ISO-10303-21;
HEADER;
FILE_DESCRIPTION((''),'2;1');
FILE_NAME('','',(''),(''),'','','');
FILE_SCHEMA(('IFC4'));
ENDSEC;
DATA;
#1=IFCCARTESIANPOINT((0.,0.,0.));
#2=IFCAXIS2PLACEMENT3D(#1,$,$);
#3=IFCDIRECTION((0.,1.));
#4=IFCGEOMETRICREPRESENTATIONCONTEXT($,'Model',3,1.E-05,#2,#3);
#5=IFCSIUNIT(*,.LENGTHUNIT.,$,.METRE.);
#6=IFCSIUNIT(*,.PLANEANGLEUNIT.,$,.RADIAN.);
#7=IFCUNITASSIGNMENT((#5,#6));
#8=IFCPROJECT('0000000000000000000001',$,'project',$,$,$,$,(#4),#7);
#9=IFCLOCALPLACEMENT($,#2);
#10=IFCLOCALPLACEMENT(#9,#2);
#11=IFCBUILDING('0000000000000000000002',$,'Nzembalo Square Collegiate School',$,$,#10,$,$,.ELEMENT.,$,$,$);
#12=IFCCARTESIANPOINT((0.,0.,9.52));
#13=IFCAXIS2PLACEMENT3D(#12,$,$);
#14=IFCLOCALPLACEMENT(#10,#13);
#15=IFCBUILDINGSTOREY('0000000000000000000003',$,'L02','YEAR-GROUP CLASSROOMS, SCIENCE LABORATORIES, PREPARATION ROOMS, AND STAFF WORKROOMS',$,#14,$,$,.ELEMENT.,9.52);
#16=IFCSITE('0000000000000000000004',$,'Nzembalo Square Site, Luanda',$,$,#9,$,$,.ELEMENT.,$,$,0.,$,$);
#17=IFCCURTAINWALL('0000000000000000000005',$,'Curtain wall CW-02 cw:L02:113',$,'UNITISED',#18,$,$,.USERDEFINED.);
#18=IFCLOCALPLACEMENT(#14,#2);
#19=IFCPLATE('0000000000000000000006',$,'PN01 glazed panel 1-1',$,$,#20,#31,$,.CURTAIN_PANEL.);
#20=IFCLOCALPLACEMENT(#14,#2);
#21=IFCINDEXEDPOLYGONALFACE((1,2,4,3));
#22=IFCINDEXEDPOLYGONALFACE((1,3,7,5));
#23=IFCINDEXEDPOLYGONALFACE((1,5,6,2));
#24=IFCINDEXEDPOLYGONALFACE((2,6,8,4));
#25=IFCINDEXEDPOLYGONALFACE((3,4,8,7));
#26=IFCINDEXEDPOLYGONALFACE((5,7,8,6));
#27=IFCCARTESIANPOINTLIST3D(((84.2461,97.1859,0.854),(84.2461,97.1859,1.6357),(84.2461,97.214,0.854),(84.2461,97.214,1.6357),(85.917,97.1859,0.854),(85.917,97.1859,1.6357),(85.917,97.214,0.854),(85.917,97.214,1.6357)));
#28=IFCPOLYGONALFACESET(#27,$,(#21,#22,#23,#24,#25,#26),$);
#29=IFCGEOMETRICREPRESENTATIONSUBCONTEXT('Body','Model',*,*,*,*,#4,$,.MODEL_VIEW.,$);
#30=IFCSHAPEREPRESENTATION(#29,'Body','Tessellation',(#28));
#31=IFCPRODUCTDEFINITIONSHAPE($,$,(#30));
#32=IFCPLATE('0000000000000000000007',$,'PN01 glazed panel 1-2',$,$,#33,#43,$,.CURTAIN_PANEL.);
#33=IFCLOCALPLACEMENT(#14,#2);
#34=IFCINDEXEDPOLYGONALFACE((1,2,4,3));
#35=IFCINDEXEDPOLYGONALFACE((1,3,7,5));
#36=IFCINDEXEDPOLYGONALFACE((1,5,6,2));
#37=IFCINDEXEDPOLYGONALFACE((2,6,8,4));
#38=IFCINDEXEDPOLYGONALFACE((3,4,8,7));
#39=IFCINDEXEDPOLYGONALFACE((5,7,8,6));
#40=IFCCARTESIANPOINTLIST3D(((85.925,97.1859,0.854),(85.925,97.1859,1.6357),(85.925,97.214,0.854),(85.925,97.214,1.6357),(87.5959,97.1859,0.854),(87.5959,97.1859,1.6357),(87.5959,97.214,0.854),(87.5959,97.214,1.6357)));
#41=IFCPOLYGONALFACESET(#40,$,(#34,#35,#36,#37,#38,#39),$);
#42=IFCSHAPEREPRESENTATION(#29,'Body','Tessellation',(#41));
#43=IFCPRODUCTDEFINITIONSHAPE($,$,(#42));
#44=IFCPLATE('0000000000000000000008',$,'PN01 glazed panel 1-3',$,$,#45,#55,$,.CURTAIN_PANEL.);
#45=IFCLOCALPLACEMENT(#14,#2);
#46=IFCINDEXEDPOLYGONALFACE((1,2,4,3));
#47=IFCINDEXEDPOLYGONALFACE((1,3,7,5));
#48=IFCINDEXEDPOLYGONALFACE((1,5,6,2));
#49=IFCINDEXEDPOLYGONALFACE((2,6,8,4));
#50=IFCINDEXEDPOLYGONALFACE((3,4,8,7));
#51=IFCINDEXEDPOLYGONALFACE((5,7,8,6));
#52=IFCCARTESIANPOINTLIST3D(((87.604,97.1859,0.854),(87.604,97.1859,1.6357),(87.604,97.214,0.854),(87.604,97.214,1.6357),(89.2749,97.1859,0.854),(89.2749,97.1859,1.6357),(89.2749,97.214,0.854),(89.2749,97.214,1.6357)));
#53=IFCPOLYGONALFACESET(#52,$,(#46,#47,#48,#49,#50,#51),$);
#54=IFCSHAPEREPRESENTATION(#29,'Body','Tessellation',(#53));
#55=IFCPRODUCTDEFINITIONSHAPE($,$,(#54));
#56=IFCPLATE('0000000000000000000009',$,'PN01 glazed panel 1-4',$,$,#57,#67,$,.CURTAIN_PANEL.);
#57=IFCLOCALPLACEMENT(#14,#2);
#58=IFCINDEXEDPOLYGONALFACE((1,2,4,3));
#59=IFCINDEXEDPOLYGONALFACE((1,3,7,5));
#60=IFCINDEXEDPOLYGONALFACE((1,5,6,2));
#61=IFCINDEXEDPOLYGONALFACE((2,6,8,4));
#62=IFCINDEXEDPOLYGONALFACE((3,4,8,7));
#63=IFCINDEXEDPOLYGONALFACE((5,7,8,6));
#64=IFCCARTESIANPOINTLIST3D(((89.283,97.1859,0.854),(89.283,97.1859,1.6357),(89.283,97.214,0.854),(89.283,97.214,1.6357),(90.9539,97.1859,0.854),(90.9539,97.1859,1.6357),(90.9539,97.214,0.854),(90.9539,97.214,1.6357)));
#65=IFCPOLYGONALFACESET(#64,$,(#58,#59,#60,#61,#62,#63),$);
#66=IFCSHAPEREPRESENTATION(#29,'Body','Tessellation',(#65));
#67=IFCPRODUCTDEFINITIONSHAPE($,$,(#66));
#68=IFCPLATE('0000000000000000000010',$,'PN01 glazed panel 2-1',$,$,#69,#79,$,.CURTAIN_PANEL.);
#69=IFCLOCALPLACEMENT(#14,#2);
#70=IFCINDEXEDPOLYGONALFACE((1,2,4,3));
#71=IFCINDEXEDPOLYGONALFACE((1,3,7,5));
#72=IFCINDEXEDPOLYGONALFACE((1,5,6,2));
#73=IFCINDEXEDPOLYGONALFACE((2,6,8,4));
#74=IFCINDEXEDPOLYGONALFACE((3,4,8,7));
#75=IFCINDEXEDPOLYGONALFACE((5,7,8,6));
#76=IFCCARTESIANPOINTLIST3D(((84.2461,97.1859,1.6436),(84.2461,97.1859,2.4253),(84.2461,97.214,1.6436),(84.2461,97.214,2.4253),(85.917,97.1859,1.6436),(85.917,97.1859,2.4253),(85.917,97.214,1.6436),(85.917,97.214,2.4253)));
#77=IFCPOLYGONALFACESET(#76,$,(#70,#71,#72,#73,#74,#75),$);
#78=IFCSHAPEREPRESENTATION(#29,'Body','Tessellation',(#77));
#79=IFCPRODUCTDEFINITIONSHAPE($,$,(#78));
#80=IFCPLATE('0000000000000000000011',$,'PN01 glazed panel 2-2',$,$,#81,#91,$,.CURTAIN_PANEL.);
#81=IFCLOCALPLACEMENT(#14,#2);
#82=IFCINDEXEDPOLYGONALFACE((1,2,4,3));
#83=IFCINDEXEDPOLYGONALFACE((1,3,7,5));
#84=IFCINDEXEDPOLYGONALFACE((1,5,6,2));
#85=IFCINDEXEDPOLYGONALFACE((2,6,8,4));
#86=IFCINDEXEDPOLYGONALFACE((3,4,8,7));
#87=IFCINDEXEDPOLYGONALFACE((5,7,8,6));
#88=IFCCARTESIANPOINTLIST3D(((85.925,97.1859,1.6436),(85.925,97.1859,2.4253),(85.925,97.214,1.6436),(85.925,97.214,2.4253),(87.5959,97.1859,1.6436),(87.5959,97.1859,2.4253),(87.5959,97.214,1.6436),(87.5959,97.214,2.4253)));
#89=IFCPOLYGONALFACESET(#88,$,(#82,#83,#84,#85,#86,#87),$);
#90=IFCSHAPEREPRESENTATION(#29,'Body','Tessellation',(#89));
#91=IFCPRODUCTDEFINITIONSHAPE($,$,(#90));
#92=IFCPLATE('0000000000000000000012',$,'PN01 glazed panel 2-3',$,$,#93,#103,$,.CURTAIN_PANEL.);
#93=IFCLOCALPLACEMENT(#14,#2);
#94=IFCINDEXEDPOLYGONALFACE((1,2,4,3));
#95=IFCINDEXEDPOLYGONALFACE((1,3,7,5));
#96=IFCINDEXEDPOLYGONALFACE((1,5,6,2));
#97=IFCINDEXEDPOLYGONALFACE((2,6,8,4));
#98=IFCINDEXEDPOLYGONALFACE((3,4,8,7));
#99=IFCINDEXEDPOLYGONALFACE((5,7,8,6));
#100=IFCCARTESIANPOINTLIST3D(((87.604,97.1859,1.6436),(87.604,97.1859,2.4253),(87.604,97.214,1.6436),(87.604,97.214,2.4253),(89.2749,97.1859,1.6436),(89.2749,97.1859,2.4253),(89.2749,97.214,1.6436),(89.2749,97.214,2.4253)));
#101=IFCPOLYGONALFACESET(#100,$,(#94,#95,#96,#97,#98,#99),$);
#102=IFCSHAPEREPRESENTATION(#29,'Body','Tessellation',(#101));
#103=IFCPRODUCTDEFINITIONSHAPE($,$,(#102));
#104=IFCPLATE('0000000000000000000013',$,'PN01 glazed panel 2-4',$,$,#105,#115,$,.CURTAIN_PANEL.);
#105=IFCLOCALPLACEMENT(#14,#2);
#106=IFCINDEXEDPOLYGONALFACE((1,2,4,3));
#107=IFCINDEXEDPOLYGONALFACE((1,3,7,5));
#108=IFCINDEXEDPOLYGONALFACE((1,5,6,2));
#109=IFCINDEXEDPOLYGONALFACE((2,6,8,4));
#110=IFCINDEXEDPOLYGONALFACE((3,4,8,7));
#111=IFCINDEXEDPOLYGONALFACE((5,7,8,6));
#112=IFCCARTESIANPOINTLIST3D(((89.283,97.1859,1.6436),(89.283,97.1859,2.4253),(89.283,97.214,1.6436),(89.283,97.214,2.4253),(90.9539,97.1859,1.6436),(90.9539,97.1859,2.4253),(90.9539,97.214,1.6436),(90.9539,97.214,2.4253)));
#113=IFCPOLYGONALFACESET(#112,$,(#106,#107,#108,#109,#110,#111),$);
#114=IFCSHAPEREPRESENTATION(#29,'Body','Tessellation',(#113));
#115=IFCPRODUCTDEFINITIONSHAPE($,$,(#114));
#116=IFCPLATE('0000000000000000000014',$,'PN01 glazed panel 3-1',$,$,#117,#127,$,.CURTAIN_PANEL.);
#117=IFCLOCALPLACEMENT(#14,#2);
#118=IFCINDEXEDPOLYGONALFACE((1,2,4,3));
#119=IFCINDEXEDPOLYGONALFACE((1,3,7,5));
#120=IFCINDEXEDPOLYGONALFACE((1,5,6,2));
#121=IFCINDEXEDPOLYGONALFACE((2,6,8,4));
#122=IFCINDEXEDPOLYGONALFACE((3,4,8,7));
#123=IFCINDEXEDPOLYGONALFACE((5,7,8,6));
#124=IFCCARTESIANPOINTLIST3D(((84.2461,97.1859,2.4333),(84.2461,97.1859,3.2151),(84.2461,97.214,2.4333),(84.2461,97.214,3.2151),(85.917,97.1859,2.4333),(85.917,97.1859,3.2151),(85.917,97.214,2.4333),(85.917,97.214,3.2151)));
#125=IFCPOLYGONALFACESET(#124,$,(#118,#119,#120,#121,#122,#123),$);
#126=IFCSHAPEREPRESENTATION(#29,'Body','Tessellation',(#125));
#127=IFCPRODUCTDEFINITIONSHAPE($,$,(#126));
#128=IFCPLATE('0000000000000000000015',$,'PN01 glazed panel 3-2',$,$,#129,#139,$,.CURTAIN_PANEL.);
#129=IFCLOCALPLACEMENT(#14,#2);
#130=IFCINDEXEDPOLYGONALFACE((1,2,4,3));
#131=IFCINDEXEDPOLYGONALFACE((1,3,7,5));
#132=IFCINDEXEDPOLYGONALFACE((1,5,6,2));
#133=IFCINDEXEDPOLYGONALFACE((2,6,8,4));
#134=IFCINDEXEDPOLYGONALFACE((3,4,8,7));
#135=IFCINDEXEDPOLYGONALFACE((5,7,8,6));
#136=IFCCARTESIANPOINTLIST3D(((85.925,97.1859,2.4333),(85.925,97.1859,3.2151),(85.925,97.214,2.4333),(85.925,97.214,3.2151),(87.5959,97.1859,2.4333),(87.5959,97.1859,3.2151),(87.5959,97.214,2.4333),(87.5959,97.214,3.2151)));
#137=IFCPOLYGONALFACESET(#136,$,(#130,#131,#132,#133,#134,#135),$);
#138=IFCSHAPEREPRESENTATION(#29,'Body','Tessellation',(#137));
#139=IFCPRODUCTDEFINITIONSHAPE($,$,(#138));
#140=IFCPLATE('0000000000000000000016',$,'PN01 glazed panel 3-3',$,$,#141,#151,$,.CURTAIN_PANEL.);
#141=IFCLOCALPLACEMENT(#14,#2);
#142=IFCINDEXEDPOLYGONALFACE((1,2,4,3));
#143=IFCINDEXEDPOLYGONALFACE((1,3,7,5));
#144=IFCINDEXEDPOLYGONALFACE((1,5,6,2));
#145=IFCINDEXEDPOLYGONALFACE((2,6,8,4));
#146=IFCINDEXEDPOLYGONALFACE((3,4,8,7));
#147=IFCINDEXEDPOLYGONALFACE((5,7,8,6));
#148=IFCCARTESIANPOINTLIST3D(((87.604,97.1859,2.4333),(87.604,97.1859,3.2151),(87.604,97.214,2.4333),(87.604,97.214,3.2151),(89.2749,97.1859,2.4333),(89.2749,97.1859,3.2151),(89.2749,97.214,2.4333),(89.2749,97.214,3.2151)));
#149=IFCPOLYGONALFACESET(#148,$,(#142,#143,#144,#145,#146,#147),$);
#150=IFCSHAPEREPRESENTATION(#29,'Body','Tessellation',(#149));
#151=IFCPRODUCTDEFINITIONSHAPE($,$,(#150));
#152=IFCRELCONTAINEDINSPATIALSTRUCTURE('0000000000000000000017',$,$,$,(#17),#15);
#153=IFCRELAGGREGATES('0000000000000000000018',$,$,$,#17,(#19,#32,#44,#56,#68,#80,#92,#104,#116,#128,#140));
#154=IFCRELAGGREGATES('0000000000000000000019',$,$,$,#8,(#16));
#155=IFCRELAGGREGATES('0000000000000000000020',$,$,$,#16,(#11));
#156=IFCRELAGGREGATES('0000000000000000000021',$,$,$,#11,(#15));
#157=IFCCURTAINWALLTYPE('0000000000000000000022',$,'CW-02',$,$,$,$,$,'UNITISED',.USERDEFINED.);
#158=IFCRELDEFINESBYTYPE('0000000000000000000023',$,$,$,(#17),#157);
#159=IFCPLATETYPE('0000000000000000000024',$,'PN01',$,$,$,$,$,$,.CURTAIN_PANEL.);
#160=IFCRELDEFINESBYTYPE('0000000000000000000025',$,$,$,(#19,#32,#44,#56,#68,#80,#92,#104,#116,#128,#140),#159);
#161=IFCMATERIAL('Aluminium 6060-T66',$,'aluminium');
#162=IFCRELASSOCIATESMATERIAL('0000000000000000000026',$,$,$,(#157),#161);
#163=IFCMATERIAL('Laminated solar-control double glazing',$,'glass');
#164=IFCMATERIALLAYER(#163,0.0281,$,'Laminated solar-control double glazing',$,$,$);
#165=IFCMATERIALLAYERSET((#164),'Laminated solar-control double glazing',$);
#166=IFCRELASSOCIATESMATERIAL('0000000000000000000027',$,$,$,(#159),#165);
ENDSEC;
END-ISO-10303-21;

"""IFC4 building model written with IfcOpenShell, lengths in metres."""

from ifc_helpers import new_model, si_unit, direction, frame, origin, origin_2d, place, context, subcontext, project, spatial, rectangle, extrude, material, layer, layer_set, type_object, element, aggregate, save


model = new_model("IFC4")

# Units and contexts
model_context = context("Model", 3, precision=1e-05, world=origin(), true_north=direction((0.0, 1.0)))
body_context = subcontext(model_context, "Body", "Model", "MODEL_VIEW")
ifc_project = project(units=[si_unit("LENGTHUNIT", "METRE"), si_unit("PLANEANGLEUNIT", "RADIAN")], contexts=[model_context])

# Site, building, storey
site_placement = place(None, origin())
site = spatial("IfcSite", under=ifc_project, at=site_placement, Name="Nzembalo Square Site, Luanda", CompositionType="ELEMENT", RefElevation=0.0)
building_placement = place(site_placement, origin())
building = spatial("IfcBuilding", under=site, at=building_placement, Name="Nzembalo Square Collegiate School", CompositionType="ELEMENT")
storey_placement = place(building_placement, frame((0.0, 0.0, 9.52)))
storey = spatial("IfcBuildingStorey", under=building, at=storey_placement, Name="L02", Description="YEAR-GROUP CLASSROOMS, SCIENCE LABORATORIES, PREPARATION ROOMS, AND STAFF WORKROOMS", CompositionType="ELEMENT", Elevation=9.52)

# Curtain wall, plates
ifc_material_1 = material(Name="Aluminium 6060-T66", Category="aluminium")
curtain_wall_type = type_object("IfcCurtainWallType", Name="CW-02", ElementType="UNITISED", PredefinedType="USERDEFINED", material=ifc_material_1)
curtain_wall_placement = place(storey_placement, origin())
curtain_wall = element("IfcCurtainWall", 1, at=curtain_wall_placement, inside=storey, type_object=curtain_wall_type, Name="Curtain wall CW-02 cw:L02:113", ObjectType="UNITISED", PredefinedType="USERDEFINED")
ifc_material_2 = material(Name="Laminated solar-control double glazing", Category="glass")
ifc_layer = layer(ifc_material_2, 0.0281, Name="Laminated solar-control double glazing")
ifc_layer_set = layer_set([ifc_layer], Name="Laminated solar-control double glazing")
plate_type = type_object("IfcPlateType", Name="PN01", PredefinedType="CURTAIN_PANEL", material=ifc_layer_set)
plate_1_placement = place(storey_placement, frame((85.0815, 97.2, 0.854), z_axis=(0.0, 0.0, 1.0), x_axis=(1.0, 0.0, 0.0)))
plate_1 = element("IfcPlate", 2, at=plate_1_placement, type_object=plate_type, Name="PN01 glazed panel 1-1", PredefinedType="CURTAIN_PANEL", context=body_context, shape_type="SweptSolid", body=[
    extrude(rectangle(XDim=1.6709, YDim=0.0281, at=origin_2d()), origin(), (0.0, 0.0, 1.0), 0.7817),
])
plate_2_placement = place(storey_placement, frame((86.7605, 97.2, 0.854), z_axis=(0.0, 0.0, 1.0), x_axis=(1.0, 0.0, 0.0)))
plate_2 = element("IfcPlate", 3, at=plate_2_placement, type_object=plate_type, Name="PN01 glazed panel 1-2", PredefinedType="CURTAIN_PANEL", context=body_context, shape_type="SweptSolid", body=[
    extrude(rectangle(XDim=1.6709, YDim=0.0281, at=origin_2d()), origin(), (0.0, 0.0, 1.0), 0.7817),
])
plate_3_placement = place(storey_placement, frame((88.4395, 97.2, 0.854), z_axis=(0.0, 0.0, 1.0), x_axis=(1.0, 0.0, 0.0)))
plate_3 = element("IfcPlate", 4, at=plate_3_placement, type_object=plate_type, Name="PN01 glazed panel 1-3", PredefinedType="CURTAIN_PANEL", context=body_context, shape_type="SweptSolid", body=[
    extrude(rectangle(XDim=1.6709, YDim=0.0281, at=origin_2d()), origin(), (0.0, 0.0, 1.0), 0.7817),
])
plate_4_placement = place(storey_placement, frame((90.1184, 97.2, 0.854), z_axis=(0.0, 0.0, 1.0), x_axis=(1.0, 0.0, 0.0)))
plate_4 = element("IfcPlate", 5, at=plate_4_placement, type_object=plate_type, Name="PN01 glazed panel 1-4", PredefinedType="CURTAIN_PANEL", context=body_context, shape_type="SweptSolid", body=[
    extrude(rectangle(XDim=1.6709, YDim=0.0281, at=origin_2d()), origin(), (0.0, 0.0, 1.0), 0.7817),
])
plate_5_placement = place(storey_placement, frame((85.0815, 97.2, 1.6436), z_axis=(0.0, 0.0, 1.0), x_axis=(1.0, 0.0, 0.0)))
plate_5 = element("IfcPlate", 6, at=plate_5_placement, type_object=plate_type, Name="PN01 glazed panel 2-1", PredefinedType="CURTAIN_PANEL", context=body_context, shape_type="SweptSolid", body=[
    extrude(rectangle(XDim=1.6709, YDim=0.0281, at=origin_2d()), origin(), (0.0, 0.0, 1.0), 0.7817),
])
plate_6_placement = place(storey_placement, frame((86.7605, 97.2, 1.6436), z_axis=(0.0, 0.0, 1.0), x_axis=(1.0, 0.0, 0.0)))
plate_6 = element("IfcPlate", 7, at=plate_6_placement, type_object=plate_type, Name="PN01 glazed panel 2-2", PredefinedType="CURTAIN_PANEL", context=body_context, shape_type="SweptSolid", body=[
    extrude(rectangle(XDim=1.6709, YDim=0.0281, at=origin_2d()), origin(), (0.0, 0.0, 1.0), 0.7817),
])
plate_7_placement = place(storey_placement, frame((88.4395, 97.2, 1.6436), z_axis=(0.0, 0.0, 1.0), x_axis=(1.0, 0.0, 0.0)))
plate_7 = element("IfcPlate", 8, at=plate_7_placement, type_object=plate_type, Name="PN01 glazed panel 2-3", PredefinedType="CURTAIN_PANEL", context=body_context, shape_type="SweptSolid", body=[
    extrude(rectangle(XDim=1.6709, YDim=0.0281, at=origin_2d()), origin(), (0.0, 0.0, 1.0), 0.7817),
])
plate_8_placement = place(storey_placement, frame((90.1184, 97.2, 1.6436), z_axis=(0.0, 0.0, 1.0), x_axis=(1.0, 0.0, 0.0)))
plate_8 = element("IfcPlate", 9, at=plate_8_placement, type_object=plate_type, Name="PN01 glazed panel 2-4", PredefinedType="CURTAIN_PANEL", context=body_context, shape_type="SweptSolid", body=[
    extrude(rectangle(XDim=1.6709, YDim=0.0281, at=origin_2d()), origin(), (0.0, 0.0, 1.0), 0.7817),
])
plate_9_placement = place(storey_placement, frame((85.0815, 97.2, 2.4333), z_axis=(0.0, 0.0, 1.0), x_axis=(1.0, 0.0, 0.0)))
plate_9 = element("IfcPlate", 10, at=plate_9_placement, type_object=plate_type, Name="PN01 glazed panel 3-1", PredefinedType="CURTAIN_PANEL", context=body_context, shape_type="SweptSolid", body=[
    extrude(rectangle(XDim=1.6709, YDim=0.0281, at=origin_2d()), origin(), (0.0, 0.0, 1.0), 0.7817),
])
plate_10_placement = place(storey_placement, frame((86.7605, 97.2, 2.4333), z_axis=(0.0, 0.0, 1.0), x_axis=(1.0, 0.0, 0.0)))
plate_10 = element("IfcPlate", 11, at=plate_10_placement, type_object=plate_type, Name="PN01 glazed panel 3-2", PredefinedType="CURTAIN_PANEL", context=body_context, shape_type="SweptSolid", body=[
    extrude(rectangle(XDim=1.6709, YDim=0.0281, at=origin_2d()), origin(), (0.0, 0.0, 1.0), 0.7817),
])
plate_11_placement = place(storey_placement, frame((88.4395, 97.2, 2.4333), z_axis=(0.0, 0.0, 1.0), x_axis=(1.0, 0.0, 0.0)))
plate_11 = element("IfcPlate", 12, at=plate_11_placement, type_object=plate_type, Name="PN01 glazed panel 3-3", PredefinedType="CURTAIN_PANEL", context=body_context, shape_type="SweptSolid", body=[
    extrude(rectangle(XDim=1.6709, YDim=0.0281, at=origin_2d()), origin(), (0.0, 0.0, 1.0), 0.7817),
])
aggregate(curtain_wall, [plate_1, plate_2, plate_3, plate_4, plate_5, plate_6, plate_7, plate_8, plate_9, plate_10, plate_11])

save(model, "model.ifc")
